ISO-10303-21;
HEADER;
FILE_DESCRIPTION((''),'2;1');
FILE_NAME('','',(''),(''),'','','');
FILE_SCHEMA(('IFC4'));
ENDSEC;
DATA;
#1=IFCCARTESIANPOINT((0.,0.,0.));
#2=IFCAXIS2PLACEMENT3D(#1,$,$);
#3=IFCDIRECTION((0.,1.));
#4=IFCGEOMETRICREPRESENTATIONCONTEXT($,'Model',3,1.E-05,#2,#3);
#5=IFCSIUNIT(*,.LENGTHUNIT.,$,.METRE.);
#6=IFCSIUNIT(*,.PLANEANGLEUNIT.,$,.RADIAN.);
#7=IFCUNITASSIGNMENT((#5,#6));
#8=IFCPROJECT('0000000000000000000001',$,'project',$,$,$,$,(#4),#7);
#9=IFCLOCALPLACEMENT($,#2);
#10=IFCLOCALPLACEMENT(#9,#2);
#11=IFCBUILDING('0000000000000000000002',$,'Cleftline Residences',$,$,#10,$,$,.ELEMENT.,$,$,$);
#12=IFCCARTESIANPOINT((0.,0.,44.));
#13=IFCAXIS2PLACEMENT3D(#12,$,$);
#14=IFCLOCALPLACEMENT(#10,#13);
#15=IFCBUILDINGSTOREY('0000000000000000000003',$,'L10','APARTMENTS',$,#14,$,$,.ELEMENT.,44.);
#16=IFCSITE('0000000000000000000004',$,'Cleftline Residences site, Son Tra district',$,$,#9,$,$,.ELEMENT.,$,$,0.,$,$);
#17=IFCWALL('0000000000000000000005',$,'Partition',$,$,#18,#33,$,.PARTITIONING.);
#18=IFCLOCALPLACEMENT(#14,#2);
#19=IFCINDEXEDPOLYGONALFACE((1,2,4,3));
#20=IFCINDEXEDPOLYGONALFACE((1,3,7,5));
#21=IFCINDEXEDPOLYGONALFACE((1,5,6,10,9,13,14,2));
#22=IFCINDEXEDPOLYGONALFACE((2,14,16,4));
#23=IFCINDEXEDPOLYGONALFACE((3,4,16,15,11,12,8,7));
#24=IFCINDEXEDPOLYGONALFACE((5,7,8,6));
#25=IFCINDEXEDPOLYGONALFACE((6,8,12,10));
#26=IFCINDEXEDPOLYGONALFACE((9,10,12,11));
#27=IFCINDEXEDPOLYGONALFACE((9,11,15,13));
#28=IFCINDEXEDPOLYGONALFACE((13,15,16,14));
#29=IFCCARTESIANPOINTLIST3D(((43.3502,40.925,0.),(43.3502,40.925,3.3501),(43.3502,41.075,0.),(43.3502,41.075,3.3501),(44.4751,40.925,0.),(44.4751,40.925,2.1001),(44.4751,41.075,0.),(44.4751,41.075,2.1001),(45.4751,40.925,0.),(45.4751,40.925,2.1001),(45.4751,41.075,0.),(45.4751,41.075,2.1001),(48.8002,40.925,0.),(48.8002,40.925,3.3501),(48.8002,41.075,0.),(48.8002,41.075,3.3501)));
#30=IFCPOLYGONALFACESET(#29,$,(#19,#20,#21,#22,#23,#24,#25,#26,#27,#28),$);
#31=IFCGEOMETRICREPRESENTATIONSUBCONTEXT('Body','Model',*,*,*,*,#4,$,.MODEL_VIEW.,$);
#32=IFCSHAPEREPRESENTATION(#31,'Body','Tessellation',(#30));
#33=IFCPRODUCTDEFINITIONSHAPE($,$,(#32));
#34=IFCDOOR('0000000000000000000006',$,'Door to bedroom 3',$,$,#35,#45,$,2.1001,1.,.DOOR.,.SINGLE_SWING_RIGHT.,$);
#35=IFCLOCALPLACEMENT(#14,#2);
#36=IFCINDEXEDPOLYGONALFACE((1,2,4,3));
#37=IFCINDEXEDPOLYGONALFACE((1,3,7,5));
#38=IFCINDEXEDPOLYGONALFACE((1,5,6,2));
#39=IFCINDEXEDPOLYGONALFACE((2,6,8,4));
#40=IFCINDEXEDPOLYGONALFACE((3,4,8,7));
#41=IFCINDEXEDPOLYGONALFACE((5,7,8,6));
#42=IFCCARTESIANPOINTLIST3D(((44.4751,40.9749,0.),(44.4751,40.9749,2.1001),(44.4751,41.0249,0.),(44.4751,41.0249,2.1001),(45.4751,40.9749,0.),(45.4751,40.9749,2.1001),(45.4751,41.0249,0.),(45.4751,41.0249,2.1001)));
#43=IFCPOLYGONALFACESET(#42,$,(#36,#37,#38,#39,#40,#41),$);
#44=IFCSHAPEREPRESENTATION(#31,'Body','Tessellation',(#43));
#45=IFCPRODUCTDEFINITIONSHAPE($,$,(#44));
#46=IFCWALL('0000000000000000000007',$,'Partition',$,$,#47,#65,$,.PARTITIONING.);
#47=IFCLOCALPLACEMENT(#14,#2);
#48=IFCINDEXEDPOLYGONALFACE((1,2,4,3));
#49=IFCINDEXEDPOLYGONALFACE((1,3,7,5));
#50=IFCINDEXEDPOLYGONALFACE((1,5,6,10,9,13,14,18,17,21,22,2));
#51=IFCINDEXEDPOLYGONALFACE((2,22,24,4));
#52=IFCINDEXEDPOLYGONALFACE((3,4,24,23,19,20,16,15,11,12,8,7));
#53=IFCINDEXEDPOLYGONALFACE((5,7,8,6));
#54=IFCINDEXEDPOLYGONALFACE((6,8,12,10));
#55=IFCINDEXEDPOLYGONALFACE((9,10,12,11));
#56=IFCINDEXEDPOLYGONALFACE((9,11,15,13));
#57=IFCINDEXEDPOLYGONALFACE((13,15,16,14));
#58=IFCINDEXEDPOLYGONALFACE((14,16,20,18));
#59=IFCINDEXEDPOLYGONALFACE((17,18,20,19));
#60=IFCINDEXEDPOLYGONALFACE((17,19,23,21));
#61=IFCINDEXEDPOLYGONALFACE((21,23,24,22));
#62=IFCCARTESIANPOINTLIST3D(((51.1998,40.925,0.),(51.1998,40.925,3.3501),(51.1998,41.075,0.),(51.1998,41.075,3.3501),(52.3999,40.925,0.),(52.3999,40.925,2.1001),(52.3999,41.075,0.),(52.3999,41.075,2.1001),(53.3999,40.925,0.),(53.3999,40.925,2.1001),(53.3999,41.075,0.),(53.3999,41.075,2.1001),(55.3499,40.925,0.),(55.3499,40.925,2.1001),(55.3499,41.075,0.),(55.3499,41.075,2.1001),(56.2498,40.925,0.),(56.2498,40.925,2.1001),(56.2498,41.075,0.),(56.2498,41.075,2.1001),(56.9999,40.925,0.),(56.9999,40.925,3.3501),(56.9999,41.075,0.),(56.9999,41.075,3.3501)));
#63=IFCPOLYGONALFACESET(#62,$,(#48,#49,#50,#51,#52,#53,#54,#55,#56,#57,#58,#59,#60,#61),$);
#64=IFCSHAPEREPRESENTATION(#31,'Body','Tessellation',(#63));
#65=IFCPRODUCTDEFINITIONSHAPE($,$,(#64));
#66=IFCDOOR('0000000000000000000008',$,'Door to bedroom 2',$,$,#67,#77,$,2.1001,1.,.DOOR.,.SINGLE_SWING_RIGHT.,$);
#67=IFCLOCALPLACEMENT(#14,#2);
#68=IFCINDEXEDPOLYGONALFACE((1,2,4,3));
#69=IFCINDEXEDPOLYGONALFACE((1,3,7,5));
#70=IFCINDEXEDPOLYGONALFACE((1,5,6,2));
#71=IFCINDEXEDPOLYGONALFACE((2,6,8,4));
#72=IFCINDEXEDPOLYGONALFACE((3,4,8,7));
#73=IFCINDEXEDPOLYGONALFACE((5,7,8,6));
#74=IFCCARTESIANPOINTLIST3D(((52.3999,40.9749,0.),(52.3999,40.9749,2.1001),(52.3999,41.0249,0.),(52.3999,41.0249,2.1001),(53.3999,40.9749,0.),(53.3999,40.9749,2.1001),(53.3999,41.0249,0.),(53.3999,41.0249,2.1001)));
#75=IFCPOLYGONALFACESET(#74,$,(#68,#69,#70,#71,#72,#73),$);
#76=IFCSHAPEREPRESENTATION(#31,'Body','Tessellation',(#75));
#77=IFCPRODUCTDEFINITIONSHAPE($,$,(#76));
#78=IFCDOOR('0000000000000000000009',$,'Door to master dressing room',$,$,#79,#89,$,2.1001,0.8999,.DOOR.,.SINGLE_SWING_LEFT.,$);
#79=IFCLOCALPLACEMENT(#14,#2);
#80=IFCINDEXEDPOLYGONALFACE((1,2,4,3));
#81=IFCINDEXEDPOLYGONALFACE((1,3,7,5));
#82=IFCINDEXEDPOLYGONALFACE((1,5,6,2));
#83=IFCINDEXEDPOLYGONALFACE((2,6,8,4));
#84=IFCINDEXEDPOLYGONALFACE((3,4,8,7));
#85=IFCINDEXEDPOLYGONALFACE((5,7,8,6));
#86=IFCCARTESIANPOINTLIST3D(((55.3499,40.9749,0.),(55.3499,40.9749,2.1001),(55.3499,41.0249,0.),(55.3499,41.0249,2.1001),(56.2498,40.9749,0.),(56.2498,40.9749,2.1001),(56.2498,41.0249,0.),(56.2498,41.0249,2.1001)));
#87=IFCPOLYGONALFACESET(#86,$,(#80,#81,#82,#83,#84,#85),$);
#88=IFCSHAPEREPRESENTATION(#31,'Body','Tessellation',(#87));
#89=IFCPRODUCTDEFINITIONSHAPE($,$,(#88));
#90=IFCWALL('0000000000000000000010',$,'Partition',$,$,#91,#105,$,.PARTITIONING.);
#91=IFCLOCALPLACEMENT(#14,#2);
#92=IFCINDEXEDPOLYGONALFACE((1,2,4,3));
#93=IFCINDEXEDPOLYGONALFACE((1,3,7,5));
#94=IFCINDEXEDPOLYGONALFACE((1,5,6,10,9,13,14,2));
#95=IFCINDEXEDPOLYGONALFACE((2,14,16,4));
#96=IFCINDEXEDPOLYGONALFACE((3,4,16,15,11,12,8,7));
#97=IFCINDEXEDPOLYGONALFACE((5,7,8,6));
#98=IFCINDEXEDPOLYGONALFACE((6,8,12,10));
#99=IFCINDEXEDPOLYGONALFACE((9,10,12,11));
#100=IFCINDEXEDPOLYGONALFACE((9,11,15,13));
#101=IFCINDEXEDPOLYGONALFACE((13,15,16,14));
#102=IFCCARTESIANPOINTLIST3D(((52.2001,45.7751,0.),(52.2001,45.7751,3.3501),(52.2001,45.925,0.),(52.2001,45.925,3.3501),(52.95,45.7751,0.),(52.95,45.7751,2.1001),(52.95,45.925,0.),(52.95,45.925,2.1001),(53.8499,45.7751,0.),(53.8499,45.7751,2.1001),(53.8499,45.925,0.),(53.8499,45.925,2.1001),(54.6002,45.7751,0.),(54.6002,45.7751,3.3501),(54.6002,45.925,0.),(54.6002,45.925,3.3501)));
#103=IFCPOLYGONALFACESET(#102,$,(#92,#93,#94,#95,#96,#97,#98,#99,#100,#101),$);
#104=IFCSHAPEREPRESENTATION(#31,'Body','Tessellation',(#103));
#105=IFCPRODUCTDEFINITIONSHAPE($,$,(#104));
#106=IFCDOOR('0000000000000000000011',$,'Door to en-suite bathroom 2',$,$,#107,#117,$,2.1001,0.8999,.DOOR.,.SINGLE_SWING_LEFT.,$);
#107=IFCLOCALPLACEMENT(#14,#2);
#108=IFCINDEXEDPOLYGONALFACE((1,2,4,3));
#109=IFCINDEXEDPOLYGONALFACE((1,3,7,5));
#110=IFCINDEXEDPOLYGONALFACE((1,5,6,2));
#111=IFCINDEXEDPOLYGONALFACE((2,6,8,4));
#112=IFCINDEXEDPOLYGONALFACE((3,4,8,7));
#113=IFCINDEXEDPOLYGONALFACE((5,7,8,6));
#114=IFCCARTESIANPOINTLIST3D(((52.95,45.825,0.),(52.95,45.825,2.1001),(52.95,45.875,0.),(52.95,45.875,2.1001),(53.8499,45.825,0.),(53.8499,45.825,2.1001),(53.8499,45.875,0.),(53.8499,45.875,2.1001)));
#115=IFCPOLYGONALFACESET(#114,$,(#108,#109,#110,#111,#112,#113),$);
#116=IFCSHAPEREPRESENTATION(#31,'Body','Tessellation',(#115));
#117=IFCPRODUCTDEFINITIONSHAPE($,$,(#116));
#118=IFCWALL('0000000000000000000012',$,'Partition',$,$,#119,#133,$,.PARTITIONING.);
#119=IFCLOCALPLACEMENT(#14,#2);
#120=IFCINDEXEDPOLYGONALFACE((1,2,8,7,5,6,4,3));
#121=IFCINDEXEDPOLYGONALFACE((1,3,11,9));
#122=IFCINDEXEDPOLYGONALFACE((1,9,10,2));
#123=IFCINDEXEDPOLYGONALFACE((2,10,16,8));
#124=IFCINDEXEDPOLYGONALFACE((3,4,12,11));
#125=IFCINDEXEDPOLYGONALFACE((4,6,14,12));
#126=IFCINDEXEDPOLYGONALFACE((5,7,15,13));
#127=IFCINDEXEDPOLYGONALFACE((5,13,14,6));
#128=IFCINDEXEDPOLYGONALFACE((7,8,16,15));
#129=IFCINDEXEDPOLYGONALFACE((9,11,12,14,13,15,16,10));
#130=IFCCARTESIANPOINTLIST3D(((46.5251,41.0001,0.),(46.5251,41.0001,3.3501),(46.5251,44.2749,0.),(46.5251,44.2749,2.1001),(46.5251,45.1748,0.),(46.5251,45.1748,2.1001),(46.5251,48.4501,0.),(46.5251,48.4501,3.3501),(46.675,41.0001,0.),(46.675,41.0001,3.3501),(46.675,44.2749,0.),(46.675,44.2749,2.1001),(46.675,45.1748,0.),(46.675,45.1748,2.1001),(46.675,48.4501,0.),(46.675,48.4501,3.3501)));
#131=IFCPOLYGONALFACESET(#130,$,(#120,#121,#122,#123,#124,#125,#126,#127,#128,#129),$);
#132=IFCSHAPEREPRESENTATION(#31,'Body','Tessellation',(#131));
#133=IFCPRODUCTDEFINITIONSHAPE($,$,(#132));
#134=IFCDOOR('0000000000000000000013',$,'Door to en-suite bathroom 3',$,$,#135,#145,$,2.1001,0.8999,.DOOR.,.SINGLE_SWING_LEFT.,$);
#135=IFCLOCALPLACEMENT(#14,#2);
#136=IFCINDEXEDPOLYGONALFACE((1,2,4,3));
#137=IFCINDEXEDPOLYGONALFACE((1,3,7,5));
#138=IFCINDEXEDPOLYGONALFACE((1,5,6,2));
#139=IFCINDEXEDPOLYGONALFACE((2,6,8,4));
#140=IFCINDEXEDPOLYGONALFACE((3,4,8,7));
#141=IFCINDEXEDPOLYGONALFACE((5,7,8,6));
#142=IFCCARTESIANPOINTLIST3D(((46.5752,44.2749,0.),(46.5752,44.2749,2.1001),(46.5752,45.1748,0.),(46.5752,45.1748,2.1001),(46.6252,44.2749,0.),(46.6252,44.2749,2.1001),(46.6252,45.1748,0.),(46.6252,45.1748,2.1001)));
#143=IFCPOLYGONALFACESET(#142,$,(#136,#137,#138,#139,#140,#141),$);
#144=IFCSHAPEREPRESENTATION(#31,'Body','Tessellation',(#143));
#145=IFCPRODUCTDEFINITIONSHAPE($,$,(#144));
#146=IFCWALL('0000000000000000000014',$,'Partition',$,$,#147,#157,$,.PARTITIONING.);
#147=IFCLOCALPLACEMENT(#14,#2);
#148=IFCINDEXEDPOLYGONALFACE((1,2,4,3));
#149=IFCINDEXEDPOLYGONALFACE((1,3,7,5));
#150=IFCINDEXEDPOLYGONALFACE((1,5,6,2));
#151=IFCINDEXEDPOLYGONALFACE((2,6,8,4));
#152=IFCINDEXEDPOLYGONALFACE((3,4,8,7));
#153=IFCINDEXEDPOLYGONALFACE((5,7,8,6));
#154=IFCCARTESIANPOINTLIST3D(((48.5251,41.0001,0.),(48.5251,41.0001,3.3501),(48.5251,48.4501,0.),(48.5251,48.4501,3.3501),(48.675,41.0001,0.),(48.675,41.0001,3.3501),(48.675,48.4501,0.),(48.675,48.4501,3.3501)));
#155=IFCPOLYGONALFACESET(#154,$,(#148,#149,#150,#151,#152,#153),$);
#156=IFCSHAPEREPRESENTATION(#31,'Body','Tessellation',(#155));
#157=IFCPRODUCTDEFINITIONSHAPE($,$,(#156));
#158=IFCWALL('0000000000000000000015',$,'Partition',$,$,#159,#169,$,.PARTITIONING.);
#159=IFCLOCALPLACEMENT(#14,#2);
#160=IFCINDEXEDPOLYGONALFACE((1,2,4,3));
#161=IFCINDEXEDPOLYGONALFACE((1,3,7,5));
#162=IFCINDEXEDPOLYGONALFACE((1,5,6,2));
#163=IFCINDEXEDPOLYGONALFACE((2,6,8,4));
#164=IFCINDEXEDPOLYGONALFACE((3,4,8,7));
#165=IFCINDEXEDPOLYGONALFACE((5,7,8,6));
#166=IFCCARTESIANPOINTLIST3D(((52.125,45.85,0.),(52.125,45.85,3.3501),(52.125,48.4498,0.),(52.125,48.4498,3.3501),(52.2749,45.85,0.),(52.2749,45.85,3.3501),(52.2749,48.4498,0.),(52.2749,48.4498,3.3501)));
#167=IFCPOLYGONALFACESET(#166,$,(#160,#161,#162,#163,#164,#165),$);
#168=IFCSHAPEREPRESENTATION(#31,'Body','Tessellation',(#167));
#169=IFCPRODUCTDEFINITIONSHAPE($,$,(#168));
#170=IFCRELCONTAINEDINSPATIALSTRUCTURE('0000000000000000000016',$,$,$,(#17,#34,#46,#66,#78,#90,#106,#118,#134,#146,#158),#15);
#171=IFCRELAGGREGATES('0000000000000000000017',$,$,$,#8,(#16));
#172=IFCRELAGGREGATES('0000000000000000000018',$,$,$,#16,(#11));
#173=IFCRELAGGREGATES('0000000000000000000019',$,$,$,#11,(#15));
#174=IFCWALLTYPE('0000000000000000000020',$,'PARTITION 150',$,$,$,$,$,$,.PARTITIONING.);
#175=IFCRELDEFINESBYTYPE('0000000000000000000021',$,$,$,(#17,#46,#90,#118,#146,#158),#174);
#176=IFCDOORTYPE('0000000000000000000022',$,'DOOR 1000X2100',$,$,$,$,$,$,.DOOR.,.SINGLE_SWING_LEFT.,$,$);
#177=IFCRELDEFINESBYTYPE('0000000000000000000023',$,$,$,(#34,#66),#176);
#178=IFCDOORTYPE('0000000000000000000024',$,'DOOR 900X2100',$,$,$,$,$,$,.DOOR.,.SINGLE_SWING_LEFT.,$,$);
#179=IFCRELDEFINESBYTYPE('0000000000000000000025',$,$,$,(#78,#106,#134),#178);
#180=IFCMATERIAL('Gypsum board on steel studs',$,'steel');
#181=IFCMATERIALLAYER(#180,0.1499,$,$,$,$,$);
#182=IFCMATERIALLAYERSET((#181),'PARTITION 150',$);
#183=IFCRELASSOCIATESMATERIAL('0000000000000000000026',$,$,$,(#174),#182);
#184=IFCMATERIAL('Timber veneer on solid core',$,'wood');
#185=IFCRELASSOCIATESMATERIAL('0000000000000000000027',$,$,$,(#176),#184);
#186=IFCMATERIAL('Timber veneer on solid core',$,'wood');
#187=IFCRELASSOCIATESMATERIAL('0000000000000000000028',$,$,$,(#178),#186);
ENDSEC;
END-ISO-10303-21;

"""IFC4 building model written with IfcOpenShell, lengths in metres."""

from ifc_helpers import new_model, si_unit, direction, frame, frame_2d, origin, place, context, subcontext, project, spatial, rectangle, extrude, material, layer, layer_set, type_object, element, fill, save


model = new_model("IFC4")

# Units and contexts
model_context = context("Model", 3, precision=1e-05, world=origin(), true_north=direction((0.0, 1.0)))
body_context = subcontext(model_context, "Body", "Model", "MODEL_VIEW")
ifc_project = project(units=[si_unit("LENGTHUNIT", "METRE"), si_unit("PLANEANGLEUNIT", "RADIAN")], contexts=[model_context])

# Site, building, storey
site_placement = place(None, origin())
site = spatial("IfcSite", under=ifc_project, at=site_placement, Name="Cleftline Residences site, Son Tra district", CompositionType="ELEMENT", RefElevation=0.0)
building_placement = place(site_placement, origin())
building = spatial("IfcBuilding", under=site, at=building_placement, Name="Cleftline Residences", CompositionType="ELEMENT")
storey_placement = place(building_placement, frame((0.0, 0.0, 44.0)))
storey = spatial("IfcBuildingStorey", under=building, at=storey_placement, Name="L10", Description="APARTMENTS", CompositionType="ELEMENT", Elevation=44.0)

# Wall, opening, door
ifc_material_1 = material(Name="Gypsum board on steel studs", Category="steel")
ifc_layer_1 = layer(ifc_material_1, 0.1499)
ifc_layer_set_1 = layer_set([ifc_layer_1], Name="PARTITION 150")
wall_type = type_object("IfcWallType", Name="PARTITION 150", PredefinedType="PARTITIONING", material=ifc_layer_set_1)
wall_1_placement = place(storey_placement, frame((43.3501, 41.0, 0.0), z_axis=(0.0, 0.0, 1.0), x_axis=(1.0, 0.0, 0.0)))
wall_1 = element("IfcWall", 1, at=wall_1_placement, inside=storey, type_object=wall_type, Name="Partition", PredefinedType="PARTITIONING", context=body_context, shape_type="SweptSolid", body=[
    extrude(rectangle(XDim=5.45, YDim=0.1499, at=frame_2d((2.7251, 0.0))), origin(), (0.0, 0.0, 1.0), 3.3501),
])
opening_1_placement = place(wall_1_placement, frame((1.125, 0.0, 0.0)))
opening_1 = element("IfcOpeningElement", 2, at=opening_1_placement, cuts=wall_1, PredefinedType="OPENING", context=body_context, shape_type="SweptSolid", body=[
    extrude(rectangle(XDim=1.0, YDim=2.1001, at=frame_2d((0.5, 1.05))), frame((0.0, 0.085, 0.0), z_axis=(0.0, -1.0, 0.0), x_axis=(1.0, 0.0, 0.0)), (0.0, 0.0, 1.0), 0.1699),
])
ifc_material_2 = material(Name="Timber veneer on solid core", Category="wood")
door_type_1 = type_object("IfcDoorType", Name="DOOR 1000X2100", OperationType="SINGLE_SWING_LEFT", PredefinedType="DOOR", material=ifc_material_2)
door_1_placement = place(opening_1_placement, origin())
door_1 = element("IfcDoor", 3, at=door_1_placement, inside=storey, type_object=door_type_1, Name="Door to bedroom 3", OperationType="SINGLE_SWING_RIGHT", OverallHeight=2.1001, OverallWidth=1.0, PredefinedType="DOOR", context=body_context, shape_type="SweptSolid", body=[
    extrude(rectangle(XDim=1.0, YDim=2.1001, at=frame_2d((0.5, 1.05))), frame((0.0, 0.0249, 0.0), z_axis=(0.0, -1.0, 0.0), x_axis=(1.0, 0.0, 0.0)), (0.0, 0.0, 1.0), 0.05),
])
fill(opening_1, door_1)

# Wall, openings, doors
wall_2_placement = place(storey_placement, frame((51.2, 41.0, 0.0), z_axis=(0.0, 0.0, 1.0), x_axis=(1.0, 0.0, 0.0)))
wall_2 = element("IfcWall", 4, at=wall_2_placement, inside=storey, type_object=wall_type, Name="Partition", PredefinedType="PARTITIONING", context=body_context, shape_type="SweptSolid", body=[
    extrude(rectangle(XDim=5.8, YDim=0.1499, at=frame_2d((2.8999, 0.0))), origin(), (0.0, 0.0, 1.0), 3.3501),
])
opening_2_placement = place(wall_2_placement, frame((4.1499, 0.0, 0.0)))
opening_2 = element("IfcOpeningElement", 5, at=opening_2_placement, cuts=wall_2, PredefinedType="OPENING", context=body_context, shape_type="SweptSolid", body=[
    extrude(rectangle(XDim=0.8999, YDim=2.1001, at=frame_2d((0.45, 1.05))), frame((0.0, 0.085, 0.0), z_axis=(0.0, -1.0, 0.0), x_axis=(1.0, 0.0, 0.0)), (0.0, 0.0, 1.0), 0.1699),
])
opening_3_placement = place(wall_2_placement, frame((1.2, 0.0, 0.0)))
opening_3 = element("IfcOpeningElement", 6, at=opening_3_placement, cuts=wall_2, PredefinedType="OPENING", context=body_context, shape_type="SweptSolid", body=[
    extrude(rectangle(XDim=1.0, YDim=2.1001, at=frame_2d((0.5, 1.05))), frame((0.0, 0.085, 0.0), z_axis=(0.0, -1.0, 0.0), x_axis=(1.0, 0.0, 0.0)), (0.0, 0.0, 1.0), 0.1699),
])
door_2_placement = place(opening_3_placement, origin())
door_2 = element("IfcDoor", 7, at=door_2_placement, inside=storey, type_object=door_type_1, Name="Door to bedroom 2", OperationType="SINGLE_SWING_RIGHT", OverallHeight=2.1001, OverallWidth=1.0, PredefinedType="DOOR", context=body_context, shape_type="SweptSolid", body=[
    extrude(rectangle(XDim=1.0, YDim=2.1001, at=frame_2d((0.5, 1.05))), frame((0.0, 0.0249, 0.0), z_axis=(0.0, -1.0, 0.0), x_axis=(1.0, 0.0, 0.0)), (0.0, 0.0, 1.0), 0.05),
])
fill(opening_3, door_2)
ifc_material_3 = material(Name="Timber veneer on solid core", Category="wood")
door_type_2 = type_object("IfcDoorType", Name="DOOR 900X2100", OperationType="SINGLE_SWING_LEFT", PredefinedType="DOOR", material=ifc_material_3)
door_3_placement = place(opening_2_placement, origin())
door_3 = element("IfcDoor", 8, at=door_3_placement, inside=storey, type_object=door_type_2, Name="Door to master dressing room", OperationType="SINGLE_SWING_LEFT", OverallHeight=2.1001, OverallWidth=0.8999, PredefinedType="DOOR", context=body_context, shape_type="SweptSolid", body=[
    extrude(rectangle(XDim=0.8999, YDim=2.1001, at=frame_2d((0.45, 1.05))), frame((0.0, 0.0249, 0.0), z_axis=(0.0, -1.0, 0.0), x_axis=(1.0, 0.0, 0.0)), (0.0, 0.0, 1.0), 0.05),
])
fill(opening_2, door_3)

# Walls, openings, doors
wall_3_placement = place(storey_placement, frame((52.2, 45.8501, 0.0), z_axis=(0.0, 0.0, 1.0), x_axis=(1.0, 0.0, 0.0)))
wall_3 = element("IfcWall", 9, at=wall_3_placement, inside=storey, type_object=wall_type, Name="Partition", PredefinedType="PARTITIONING", context=body_context, shape_type="SweptSolid", body=[
    extrude(rectangle(XDim=2.4001, YDim=0.1499, at=frame_2d((1.2002, 0.0))), origin(), (0.0, 0.0, 1.0), 3.3501),
])
opening_4_placement = place(wall_3_placement, frame((0.75, 0.0, 0.0)))
opening_4 = element("IfcOpeningElement", 10, at=opening_4_placement, cuts=wall_3, PredefinedType="OPENING", context=body_context, shape_type="SweptSolid", body=[
    extrude(rectangle(XDim=0.8999, YDim=2.1001, at=frame_2d((0.45, 1.05))), frame((0.0, 0.085, 0.0), z_axis=(0.0, -1.0, 0.0), x_axis=(1.0, 0.0, 0.0)), (0.0, 0.0, 1.0), 0.1699),
])
door_4_placement = place(opening_4_placement, origin())
door_4 = element("IfcDoor", 11, at=door_4_placement, inside=storey, type_object=door_type_2, Name="Door to en-suite bathroom 2", OperationType="SINGLE_SWING_LEFT", OverallHeight=2.1001, OverallWidth=0.8999, PredefinedType="DOOR", context=body_context, shape_type="SweptSolid", body=[
    extrude(rectangle(XDim=0.8999, YDim=2.1001, at=frame_2d((0.45, 1.05))), frame((0.0, 0.0249, 0.0), z_axis=(0.0, -1.0, 0.0), x_axis=(1.0, 0.0, 0.0)), (0.0, 0.0, 1.0), 0.05),
])
fill(opening_4, door_4)
wall_4_placement = place(storey_placement, frame((46.6001, 41.0, 0.0), z_axis=(0.0, 0.0, 1.0), x_axis=(0.0, 1.0, 0.0)))
wall_4 = element("IfcWall", 12, at=wall_4_placement, inside=storey, type_object=wall_type, Name="Partition", PredefinedType="PARTITIONING", context=body_context, shape_type="SweptSolid", body=[
    extrude(rectangle(XDim=7.45, YDim=0.1499, at=frame_2d((3.7251, 0.0))), origin(), (0.0, 0.0, 1.0), 3.3501),
])
opening_5_placement = place(wall_4_placement, frame((3.2749, 0.0, 0.0)))
opening_5 = element("IfcOpeningElement", 13, at=opening_5_placement, cuts=wall_4, PredefinedType="OPENING", context=body_context, shape_type="SweptSolid", body=[
    extrude(rectangle(XDim=0.8999, YDim=2.1001, at=frame_2d((0.45, 1.05))), frame((0.0, 0.085, 0.0), z_axis=(0.0, -1.0, 0.0), x_axis=(1.0, 0.0, 0.0)), (0.0, 0.0, 1.0), 0.1699),
])
door_5_placement = place(opening_5_placement, origin())
door_5 = element("IfcDoor", 14, at=door_5_placement, inside=storey, type_object=door_type_2, Name="Door to en-suite bathroom 3", OperationType="SINGLE_SWING_LEFT", OverallHeight=2.1001, OverallWidth=0.8999, PredefinedType="DOOR", context=body_context, shape_type="SweptSolid", body=[
    extrude(rectangle(XDim=0.8999, YDim=2.1001, at=frame_2d((0.45, 1.05))), frame((0.0, 0.0249, 0.0), z_axis=(0.0, -1.0, 0.0), x_axis=(1.0, 0.0, 0.0)), (0.0, 0.0, 1.0), 0.05),
])
fill(opening_5, door_5)

# Walls
wall_5_placement = place(storey_placement, frame((48.6001, 41.0, 0.0), z_axis=(0.0, 0.0, 1.0), x_axis=(0.0, 1.0, 0.0)))
element("IfcWall", 15, at=wall_5_placement, inside=storey, type_object=wall_type, Name="Partition", PredefinedType="PARTITIONING", context=body_context, shape_type="SweptSolid", body=[
    extrude(rectangle(XDim=7.45, YDim=0.1499, at=frame_2d((3.7251, 0.0))), origin(), (0.0, 0.0, 1.0), 3.3501),
])
wall_6_placement = place(storey_placement, frame((52.2, 45.8501, 0.0), z_axis=(0.0, 0.0, 1.0), x_axis=(0.0, 1.0, 0.0)))
element("IfcWall", 16, at=wall_6_placement, inside=storey, type_object=wall_type, Name="Partition", PredefinedType="PARTITIONING", context=body_context, shape_type="SweptSolid", body=[
    extrude(rectangle(XDim=2.5999, YDim=0.1499, at=frame_2d((1.2998, 0.0))), origin(), (0.0, 0.0, 1.0), 3.3501),
])

save(model, "model.ifc")
